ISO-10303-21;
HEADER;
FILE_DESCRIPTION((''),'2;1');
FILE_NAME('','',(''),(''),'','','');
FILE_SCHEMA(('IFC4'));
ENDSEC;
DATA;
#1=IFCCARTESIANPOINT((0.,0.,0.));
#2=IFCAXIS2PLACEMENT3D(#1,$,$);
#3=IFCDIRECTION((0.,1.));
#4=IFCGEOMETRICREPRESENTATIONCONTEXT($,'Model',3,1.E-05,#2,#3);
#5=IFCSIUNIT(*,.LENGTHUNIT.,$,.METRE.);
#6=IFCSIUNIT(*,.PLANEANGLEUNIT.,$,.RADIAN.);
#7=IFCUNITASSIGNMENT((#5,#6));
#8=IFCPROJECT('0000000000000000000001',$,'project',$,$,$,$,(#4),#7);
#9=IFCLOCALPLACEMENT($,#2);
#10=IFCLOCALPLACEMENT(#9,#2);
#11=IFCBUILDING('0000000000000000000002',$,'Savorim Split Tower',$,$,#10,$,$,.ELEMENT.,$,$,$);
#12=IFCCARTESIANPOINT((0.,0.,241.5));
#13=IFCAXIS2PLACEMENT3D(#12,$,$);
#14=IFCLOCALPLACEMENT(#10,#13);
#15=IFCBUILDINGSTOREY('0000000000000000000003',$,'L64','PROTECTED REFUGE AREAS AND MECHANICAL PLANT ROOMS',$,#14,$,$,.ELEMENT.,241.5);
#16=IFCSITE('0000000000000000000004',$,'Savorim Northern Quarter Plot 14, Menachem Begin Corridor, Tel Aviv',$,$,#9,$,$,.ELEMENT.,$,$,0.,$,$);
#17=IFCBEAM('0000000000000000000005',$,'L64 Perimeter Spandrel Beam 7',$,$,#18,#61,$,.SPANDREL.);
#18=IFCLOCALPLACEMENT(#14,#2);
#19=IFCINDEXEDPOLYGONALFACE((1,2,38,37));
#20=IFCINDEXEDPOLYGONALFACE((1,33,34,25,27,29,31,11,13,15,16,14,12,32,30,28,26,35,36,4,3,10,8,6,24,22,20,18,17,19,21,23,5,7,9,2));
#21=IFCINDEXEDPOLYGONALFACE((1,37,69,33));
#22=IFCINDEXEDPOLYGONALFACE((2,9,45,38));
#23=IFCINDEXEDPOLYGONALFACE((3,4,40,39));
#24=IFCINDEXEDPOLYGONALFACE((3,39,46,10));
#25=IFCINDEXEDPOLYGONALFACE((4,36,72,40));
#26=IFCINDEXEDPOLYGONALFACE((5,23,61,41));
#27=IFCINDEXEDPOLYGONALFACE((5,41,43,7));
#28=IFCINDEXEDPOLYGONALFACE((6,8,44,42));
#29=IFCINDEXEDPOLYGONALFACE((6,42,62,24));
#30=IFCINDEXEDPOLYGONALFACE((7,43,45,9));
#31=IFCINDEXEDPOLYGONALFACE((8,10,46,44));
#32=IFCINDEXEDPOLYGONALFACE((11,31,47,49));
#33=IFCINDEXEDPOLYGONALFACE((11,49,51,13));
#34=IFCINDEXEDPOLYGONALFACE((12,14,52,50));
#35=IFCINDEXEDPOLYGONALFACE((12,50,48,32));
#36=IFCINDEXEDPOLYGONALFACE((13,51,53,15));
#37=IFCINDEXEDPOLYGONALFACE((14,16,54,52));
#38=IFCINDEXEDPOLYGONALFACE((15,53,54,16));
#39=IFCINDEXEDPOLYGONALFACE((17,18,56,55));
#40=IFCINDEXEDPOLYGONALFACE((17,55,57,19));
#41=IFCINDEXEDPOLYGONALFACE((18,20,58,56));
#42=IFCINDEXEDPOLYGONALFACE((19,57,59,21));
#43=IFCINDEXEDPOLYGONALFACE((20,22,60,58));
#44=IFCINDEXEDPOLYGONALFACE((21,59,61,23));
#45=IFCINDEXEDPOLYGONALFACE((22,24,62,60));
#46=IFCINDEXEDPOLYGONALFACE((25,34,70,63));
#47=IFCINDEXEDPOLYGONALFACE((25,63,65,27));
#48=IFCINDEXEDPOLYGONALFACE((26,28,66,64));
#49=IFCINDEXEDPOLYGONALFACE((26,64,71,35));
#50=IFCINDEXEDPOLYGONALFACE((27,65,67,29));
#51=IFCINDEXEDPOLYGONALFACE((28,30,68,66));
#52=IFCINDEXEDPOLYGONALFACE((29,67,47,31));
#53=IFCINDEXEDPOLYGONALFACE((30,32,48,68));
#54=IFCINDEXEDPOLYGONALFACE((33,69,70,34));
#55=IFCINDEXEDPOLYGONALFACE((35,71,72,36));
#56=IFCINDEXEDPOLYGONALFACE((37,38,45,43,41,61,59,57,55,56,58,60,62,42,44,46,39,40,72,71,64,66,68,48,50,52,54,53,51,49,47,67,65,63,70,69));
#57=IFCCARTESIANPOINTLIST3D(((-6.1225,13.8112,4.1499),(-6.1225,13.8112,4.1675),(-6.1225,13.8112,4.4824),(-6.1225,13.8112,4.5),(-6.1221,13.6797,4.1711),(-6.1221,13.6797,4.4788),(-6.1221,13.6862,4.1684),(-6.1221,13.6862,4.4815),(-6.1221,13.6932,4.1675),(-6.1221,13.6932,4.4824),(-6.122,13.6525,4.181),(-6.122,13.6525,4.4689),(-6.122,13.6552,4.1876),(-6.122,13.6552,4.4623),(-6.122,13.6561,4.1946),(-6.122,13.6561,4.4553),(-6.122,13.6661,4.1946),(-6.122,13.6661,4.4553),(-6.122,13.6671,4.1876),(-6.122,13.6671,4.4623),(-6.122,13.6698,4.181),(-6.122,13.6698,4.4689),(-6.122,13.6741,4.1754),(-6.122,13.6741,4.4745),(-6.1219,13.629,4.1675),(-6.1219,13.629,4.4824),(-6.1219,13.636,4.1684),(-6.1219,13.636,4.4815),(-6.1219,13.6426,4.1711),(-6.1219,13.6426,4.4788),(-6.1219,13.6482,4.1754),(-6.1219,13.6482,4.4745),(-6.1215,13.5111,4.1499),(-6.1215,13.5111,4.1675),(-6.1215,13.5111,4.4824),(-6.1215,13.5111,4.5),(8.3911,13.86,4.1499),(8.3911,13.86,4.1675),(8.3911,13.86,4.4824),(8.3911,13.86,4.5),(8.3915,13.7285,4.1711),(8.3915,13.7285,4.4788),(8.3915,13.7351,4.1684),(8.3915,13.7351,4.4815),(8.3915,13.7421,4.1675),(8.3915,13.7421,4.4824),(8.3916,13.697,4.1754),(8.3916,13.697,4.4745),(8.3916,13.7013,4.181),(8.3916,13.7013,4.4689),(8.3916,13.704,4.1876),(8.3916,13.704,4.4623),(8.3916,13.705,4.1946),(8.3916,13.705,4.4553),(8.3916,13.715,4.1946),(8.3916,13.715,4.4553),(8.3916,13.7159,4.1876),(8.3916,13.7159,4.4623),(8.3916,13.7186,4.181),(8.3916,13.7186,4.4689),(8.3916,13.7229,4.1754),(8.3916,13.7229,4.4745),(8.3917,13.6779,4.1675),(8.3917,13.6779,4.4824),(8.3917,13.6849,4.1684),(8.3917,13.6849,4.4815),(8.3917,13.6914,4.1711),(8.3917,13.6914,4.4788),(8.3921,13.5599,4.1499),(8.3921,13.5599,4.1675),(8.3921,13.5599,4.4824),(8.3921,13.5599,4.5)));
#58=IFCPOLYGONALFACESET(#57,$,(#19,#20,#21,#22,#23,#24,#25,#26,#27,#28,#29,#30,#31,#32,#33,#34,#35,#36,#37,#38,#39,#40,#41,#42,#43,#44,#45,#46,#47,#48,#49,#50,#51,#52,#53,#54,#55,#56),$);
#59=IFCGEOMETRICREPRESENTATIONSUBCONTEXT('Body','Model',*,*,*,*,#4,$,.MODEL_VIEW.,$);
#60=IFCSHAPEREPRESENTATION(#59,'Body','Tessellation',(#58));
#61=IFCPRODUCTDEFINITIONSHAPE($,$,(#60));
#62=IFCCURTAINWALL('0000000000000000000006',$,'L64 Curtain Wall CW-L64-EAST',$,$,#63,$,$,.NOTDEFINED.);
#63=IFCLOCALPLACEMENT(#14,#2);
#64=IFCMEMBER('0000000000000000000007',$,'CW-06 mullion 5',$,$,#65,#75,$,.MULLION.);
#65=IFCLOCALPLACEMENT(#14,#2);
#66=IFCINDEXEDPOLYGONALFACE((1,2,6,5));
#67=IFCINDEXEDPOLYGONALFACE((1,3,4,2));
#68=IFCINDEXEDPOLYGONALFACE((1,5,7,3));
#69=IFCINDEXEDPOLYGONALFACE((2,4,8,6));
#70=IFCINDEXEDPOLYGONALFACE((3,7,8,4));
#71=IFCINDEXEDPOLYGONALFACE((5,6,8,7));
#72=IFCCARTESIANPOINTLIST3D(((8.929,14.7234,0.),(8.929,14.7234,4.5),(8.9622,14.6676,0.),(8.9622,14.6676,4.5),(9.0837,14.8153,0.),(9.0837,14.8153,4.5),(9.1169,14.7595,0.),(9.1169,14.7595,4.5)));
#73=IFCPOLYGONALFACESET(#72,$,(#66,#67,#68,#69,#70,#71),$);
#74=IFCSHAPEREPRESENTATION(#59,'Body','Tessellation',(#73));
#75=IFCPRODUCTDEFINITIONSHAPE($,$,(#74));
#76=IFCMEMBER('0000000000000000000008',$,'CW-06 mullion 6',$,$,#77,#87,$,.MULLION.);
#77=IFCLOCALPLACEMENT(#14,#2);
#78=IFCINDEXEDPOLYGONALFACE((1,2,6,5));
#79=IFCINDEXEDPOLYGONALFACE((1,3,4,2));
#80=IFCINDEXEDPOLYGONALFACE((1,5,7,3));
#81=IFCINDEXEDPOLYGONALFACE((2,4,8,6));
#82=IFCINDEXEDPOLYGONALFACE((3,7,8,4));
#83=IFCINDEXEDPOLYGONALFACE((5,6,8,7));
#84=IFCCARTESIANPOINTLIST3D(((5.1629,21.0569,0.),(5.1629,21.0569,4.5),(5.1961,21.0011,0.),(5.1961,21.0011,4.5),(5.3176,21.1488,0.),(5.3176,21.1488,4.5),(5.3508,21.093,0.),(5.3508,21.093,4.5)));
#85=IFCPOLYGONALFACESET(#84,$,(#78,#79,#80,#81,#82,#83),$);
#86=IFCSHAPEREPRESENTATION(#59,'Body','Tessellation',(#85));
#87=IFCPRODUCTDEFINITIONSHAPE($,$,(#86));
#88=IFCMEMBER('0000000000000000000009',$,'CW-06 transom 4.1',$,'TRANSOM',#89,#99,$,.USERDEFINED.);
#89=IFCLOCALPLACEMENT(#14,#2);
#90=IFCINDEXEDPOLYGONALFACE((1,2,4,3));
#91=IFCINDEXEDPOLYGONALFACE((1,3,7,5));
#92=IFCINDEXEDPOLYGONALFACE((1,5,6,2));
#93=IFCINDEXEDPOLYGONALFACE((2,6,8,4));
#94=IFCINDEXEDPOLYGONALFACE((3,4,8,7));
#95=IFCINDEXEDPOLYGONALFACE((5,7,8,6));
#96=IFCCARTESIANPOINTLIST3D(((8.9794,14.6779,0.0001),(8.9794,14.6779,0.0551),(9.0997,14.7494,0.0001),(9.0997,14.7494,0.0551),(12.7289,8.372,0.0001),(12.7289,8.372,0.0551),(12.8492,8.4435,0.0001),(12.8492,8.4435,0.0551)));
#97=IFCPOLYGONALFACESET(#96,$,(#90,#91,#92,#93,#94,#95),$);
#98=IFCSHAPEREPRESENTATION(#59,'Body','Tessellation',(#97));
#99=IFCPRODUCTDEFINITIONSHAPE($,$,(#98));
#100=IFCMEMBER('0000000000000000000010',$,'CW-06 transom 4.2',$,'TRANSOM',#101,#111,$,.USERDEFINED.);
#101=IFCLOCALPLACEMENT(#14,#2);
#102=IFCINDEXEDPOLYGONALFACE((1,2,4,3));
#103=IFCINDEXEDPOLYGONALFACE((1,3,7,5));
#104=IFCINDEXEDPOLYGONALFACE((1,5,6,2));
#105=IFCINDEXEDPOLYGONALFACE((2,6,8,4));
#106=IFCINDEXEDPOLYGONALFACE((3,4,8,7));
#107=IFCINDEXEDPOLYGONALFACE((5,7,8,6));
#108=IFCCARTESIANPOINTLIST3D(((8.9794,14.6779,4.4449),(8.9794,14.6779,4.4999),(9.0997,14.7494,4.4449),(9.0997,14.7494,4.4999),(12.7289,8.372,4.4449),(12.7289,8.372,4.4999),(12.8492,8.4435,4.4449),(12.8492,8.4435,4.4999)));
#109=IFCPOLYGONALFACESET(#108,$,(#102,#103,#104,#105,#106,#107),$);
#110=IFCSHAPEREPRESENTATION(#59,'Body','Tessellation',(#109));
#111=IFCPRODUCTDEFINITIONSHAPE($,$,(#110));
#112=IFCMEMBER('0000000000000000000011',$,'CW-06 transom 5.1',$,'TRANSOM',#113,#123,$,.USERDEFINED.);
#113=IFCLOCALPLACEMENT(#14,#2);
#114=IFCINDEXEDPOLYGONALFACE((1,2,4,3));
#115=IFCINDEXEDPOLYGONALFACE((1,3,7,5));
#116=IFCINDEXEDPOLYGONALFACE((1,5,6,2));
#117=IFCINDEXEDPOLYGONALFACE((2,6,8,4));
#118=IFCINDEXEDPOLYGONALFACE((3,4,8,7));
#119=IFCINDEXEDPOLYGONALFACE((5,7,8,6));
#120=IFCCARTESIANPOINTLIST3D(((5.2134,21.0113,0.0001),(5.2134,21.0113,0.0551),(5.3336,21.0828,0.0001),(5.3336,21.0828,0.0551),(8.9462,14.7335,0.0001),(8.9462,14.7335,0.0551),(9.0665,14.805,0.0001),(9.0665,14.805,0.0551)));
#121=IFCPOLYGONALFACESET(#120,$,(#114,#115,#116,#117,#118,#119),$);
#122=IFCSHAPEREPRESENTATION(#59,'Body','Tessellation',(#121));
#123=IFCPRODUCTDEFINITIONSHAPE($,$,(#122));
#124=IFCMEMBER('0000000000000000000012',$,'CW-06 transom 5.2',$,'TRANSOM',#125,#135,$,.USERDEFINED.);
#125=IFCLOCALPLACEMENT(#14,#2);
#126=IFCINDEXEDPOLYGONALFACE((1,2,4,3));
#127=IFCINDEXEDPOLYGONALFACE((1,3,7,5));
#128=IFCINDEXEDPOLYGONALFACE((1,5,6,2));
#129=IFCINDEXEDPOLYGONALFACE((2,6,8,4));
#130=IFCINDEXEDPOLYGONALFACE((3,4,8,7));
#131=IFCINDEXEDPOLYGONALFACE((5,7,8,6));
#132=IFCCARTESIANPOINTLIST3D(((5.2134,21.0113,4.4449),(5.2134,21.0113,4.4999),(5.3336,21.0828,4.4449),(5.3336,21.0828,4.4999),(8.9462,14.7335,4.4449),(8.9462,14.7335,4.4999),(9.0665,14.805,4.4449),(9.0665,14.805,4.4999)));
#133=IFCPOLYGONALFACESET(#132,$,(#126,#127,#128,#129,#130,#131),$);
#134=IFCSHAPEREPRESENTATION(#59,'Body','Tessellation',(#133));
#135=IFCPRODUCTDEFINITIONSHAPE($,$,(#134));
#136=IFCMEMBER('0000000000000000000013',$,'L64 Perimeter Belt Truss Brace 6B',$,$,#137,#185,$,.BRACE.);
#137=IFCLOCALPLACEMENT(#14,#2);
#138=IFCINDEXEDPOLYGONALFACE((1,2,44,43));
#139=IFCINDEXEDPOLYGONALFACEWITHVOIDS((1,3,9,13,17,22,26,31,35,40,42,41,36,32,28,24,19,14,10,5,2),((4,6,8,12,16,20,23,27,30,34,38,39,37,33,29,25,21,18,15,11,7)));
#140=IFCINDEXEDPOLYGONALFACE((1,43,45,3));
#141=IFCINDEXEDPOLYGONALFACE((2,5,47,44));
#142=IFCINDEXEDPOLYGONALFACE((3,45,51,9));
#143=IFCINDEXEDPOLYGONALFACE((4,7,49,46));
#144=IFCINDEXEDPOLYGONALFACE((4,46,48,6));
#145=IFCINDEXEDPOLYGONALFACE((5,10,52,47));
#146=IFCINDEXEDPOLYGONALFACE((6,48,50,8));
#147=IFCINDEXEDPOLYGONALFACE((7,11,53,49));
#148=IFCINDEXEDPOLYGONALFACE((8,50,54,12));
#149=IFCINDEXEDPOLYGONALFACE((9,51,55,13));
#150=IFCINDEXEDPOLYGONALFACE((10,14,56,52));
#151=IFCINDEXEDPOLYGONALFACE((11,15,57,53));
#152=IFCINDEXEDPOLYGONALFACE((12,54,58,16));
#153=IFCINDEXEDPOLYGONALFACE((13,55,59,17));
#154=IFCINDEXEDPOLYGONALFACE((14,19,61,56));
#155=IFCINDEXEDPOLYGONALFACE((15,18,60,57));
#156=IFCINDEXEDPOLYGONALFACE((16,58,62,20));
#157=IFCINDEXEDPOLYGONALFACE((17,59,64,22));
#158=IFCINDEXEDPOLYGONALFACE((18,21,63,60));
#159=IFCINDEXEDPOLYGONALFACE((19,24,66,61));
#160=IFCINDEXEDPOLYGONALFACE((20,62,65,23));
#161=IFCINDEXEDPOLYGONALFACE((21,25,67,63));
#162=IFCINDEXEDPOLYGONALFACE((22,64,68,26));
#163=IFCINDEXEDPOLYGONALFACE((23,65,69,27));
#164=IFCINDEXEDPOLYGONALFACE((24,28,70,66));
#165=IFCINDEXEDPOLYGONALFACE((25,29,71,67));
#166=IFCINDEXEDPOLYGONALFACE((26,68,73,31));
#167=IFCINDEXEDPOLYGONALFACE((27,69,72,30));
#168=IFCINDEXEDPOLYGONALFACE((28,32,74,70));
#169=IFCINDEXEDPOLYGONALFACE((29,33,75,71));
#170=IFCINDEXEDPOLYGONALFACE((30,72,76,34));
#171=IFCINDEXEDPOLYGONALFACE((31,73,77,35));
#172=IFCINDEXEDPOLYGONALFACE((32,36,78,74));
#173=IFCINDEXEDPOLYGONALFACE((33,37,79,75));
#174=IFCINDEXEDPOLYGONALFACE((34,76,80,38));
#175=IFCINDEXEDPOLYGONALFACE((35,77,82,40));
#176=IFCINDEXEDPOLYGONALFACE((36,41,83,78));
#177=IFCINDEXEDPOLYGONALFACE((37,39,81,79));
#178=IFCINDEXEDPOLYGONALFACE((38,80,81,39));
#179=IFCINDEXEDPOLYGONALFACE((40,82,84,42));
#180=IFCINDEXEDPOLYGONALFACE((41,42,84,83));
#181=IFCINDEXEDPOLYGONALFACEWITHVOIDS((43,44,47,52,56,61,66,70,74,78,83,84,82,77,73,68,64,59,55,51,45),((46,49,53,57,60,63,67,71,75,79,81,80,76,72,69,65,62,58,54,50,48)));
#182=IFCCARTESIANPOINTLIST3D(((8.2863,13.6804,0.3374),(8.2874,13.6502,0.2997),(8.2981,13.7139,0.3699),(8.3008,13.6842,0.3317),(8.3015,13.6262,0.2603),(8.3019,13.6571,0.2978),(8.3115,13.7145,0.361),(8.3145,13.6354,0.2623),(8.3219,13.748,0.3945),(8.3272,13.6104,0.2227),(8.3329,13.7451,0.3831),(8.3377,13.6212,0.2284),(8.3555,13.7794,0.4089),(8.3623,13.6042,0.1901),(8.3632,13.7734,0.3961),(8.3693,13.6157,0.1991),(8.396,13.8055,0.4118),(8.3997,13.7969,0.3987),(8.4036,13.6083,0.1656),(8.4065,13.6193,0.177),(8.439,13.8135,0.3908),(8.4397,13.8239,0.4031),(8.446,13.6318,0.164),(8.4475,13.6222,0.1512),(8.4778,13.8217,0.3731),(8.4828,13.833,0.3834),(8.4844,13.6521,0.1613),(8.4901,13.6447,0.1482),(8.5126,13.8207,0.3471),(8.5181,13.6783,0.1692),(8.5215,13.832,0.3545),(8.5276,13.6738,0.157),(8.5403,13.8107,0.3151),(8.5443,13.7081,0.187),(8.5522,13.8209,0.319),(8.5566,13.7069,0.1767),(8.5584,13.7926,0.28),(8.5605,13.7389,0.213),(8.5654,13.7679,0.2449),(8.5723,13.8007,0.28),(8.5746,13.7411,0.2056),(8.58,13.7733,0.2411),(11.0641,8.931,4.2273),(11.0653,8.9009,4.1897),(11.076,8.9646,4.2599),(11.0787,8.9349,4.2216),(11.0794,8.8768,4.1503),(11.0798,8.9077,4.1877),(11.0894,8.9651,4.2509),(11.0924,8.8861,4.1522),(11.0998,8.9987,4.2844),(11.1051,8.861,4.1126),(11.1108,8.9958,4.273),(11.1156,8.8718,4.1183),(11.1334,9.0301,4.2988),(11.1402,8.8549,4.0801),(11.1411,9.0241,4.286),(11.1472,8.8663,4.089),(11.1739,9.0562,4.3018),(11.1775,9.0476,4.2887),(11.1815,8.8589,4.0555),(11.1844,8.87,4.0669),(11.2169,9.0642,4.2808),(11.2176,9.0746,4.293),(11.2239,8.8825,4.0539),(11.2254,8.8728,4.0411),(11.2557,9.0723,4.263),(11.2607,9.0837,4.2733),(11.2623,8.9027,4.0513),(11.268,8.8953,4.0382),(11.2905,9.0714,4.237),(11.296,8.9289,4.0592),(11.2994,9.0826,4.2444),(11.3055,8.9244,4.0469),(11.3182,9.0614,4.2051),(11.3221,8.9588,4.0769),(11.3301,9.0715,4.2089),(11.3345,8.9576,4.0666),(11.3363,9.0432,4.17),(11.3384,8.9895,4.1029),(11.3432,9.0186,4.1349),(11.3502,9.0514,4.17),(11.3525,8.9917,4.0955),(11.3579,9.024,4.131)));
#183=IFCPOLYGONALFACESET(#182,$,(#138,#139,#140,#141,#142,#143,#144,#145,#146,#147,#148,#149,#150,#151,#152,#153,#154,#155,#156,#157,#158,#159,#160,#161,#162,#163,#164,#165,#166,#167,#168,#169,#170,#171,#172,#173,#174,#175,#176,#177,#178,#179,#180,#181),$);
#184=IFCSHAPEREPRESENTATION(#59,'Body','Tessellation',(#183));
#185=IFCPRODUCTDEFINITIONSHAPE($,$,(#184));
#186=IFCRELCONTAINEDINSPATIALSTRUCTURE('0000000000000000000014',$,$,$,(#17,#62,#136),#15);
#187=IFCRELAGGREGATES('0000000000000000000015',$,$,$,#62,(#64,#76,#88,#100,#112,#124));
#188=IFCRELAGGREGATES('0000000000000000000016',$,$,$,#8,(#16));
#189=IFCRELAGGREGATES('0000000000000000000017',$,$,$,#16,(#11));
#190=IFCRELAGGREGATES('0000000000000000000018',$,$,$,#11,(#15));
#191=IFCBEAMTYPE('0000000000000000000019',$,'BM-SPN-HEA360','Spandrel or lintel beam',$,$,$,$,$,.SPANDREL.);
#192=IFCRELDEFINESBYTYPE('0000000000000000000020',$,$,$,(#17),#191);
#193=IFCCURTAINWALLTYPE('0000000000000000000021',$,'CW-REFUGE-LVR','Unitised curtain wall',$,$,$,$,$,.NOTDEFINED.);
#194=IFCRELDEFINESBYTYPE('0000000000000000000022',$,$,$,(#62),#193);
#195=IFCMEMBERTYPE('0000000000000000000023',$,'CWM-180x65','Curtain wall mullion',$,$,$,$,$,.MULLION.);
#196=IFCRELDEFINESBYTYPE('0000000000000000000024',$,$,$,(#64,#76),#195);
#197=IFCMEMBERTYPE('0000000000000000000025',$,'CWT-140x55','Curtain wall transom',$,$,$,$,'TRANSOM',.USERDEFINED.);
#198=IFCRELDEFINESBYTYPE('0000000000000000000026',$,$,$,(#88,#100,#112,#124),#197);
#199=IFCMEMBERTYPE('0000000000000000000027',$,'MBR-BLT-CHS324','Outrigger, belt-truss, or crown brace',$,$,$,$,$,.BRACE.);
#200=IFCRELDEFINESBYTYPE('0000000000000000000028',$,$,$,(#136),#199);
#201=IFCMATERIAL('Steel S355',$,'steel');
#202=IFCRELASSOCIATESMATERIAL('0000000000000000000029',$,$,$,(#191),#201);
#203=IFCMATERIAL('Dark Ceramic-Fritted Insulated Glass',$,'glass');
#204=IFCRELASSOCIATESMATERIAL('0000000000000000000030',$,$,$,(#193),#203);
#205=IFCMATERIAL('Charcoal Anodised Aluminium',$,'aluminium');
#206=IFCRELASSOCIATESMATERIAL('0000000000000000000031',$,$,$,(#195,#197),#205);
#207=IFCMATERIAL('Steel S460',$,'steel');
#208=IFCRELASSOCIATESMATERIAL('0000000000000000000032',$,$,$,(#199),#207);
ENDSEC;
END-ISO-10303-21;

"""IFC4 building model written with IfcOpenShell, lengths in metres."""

from ifc_helpers import new_model, si_unit, direction, frame, origin, origin_2d, place, context, subcontext, project, spatial, rectangle, hollow_circle, i_section, extrude, material, material_profile, profile_set, type_object, element, aggregate, save


model = new_model("IFC4")

# Units and contexts
model_context = context("Model", 3, precision=1e-05, world=origin(), true_north=direction((0.0, 1.0)))
body_context = subcontext(model_context, "Body", "Model", "MODEL_VIEW")
ifc_project = project(units=[si_unit("LENGTHUNIT", "METRE"), si_unit("PLANEANGLEUNIT", "RADIAN")], contexts=[model_context])

# Site, building, storey
site_placement = place(None, origin())
site = spatial("IfcSite", under=ifc_project, at=site_placement, Name="Savorim Northern Quarter Plot 14, Menachem Begin Corridor, Tel Aviv", CompositionType="ELEMENT", RefElevation=0.0)
building_placement = place(site_placement, origin())
building = spatial("IfcBuilding", under=site, at=building_placement, Name="Savorim Split Tower", CompositionType="ELEMENT")
storey_placement = place(building_placement, frame((0.0, 0.0, 241.5)))
storey = spatial("IfcBuildingStorey", under=building, at=storey_placement, Name="L64", Description="PROTECTED REFUGE AREAS AND MECHANICAL PLANT ROOMS", CompositionType="ELEMENT", Elevation=241.5)

# Shared definitions
ifc_material_1 = material(Name="Steel S355", Category="steel")

# Beam
ifc_material_profile_1 = material_profile(ifc_material_1, i_section(OverallWidth=0.3, OverallDepth=0.3501, WebThickness=0.01, FlangeThickness=0.0176, FilletRadius=0.0271, at=origin_2d()), Name="HEA 360")
ifc_profile_set_1 = profile_set([ifc_material_profile_1], Name="Steel S355")
beam_type_1 = type_object("IfcBeamType", Name="BM-SPN-HEA360", Description="Spandrel or lintel beam", PredefinedType="SPANDREL", material=ifc_profile_set_1)
beam_1_placement = place(storey_placement, frame((8.3916, 13.71, 4.325), z_axis=(-0.999994, -0.003364, 0.0), x_axis=(0.003364, -0.999994, 0.0)))
element("IfcBeam", 1, at=beam_1_placement, inside=storey, type_object=beam_type_1, Name="L64 Perimeter Spandrel Beam 7", PredefinedType="SPANDREL", context=body_context, shape_type="SweptSolid", body=[
    extrude(i_section(OverallWidth=0.3, OverallDepth=0.3501, WebThickness=0.01, FlangeThickness=0.0176, FilletRadius=0.0271, at=origin_2d()), origin(), (0.0, 0.0, 1.0), 14.5137),
])

# Curtain wall, members
ifc_material_2 = material(Name="Dark Ceramic-Fritted Insulated Glass", Category="glass")
curtain_wall_type = type_object("IfcCurtainWallType", Name="CW-REFUGE-LVR", Description="Unitised curtain wall", PredefinedType="NOTDEFINED", material=ifc_material_2)
curtain_wall_placement = place(storey_placement, origin())
curtain_wall = element("IfcCurtainWall", 2, at=curtain_wall_placement, inside=storey, type_object=curtain_wall_type, Name="L64 Curtain Wall CW-L64-EAST", PredefinedType="NOTDEFINED")
ifc_material_3 = material(Name="Charcoal Anodised Aluminium", Category="aluminium")
ifc_material_profile_2 = material_profile(ifc_material_3, rectangle(XDim=0.1799, YDim=0.0649, at=origin_2d()), Name="ALU-M 180x65")
ifc_profile_set_2 = profile_set([ifc_material_profile_2], Name="Charcoal Anodised Aluminium")
member_type_1 = type_object("IfcMemberType", Name="CWM-180x65", Description="Curtain wall mullion", PredefinedType="MULLION", material=ifc_profile_set_2)
member_1_placement = place(storey_placement, frame((9.0229, 14.7415, 0.0), z_axis=(0.0, 0.0, 1.0), x_axis=(-0.859527, -0.51109, 0.0)))
member_1 = element("IfcMember", 3, at=member_1_placement, type_object=member_type_1, Name="CW-06 mullion 5", PredefinedType="MULLION", context=body_context, shape_type="SweptSolid", body=[
    extrude(rectangle(XDim=0.1799, YDim=0.0649, at=origin_2d()), origin(), (0.0, 0.0, 1.0), 4.5),
])
member_2_placement = place(storey_placement, frame((5.2568, 21.075, 0.0), z_axis=(0.0, 0.0, 1.0), x_axis=(-0.859527, -0.51109, 0.0)))
member_2 = element("IfcMember", 4, at=member_2_placement, type_object=member_type_1, Name="CW-06 mullion 6", PredefinedType="MULLION", context=body_context, shape_type="SweptSolid", body=[
    extrude(rectangle(XDim=0.1799, YDim=0.0649, at=origin_2d()), origin(), (0.0, 0.0, 1.0), 4.5),
])
ifc_material_profile_3 = material_profile(ifc_material_3, rectangle(XDim=0.1399, YDim=0.0549, at=origin_2d()), Name="ALU-T 140x55")
ifc_profile_set_3 = profile_set([ifc_material_profile_3], Name="Charcoal Anodised Aluminium")
member_type_2 = type_object("IfcMemberType", Name="CWT-140x55", Description="Curtain wall transom", ElementType="TRANSOM", PredefinedType="USERDEFINED", material=ifc_profile_set_3)
member_3_placement = place(storey_placement, frame((12.7891, 8.4077, 0.0276), z_axis=(-0.511081, 0.859533, 0.0), x_axis=(-0.859533, -0.511081, 0.0)))
member_3 = element("IfcMember", 5, at=member_3_placement, type_object=member_type_2, Name="CW-06 transom 4.1", ObjectType="TRANSOM", PredefinedType="USERDEFINED", context=body_context, shape_type="SweptSolid", body=[
    extrude(rectangle(XDim=0.1399, YDim=0.0549, at=origin_2d()), origin(), (0.0, 0.0, 1.0), 7.3364),
])
member_4_placement = place(storey_placement, frame((12.7891, 8.4077, 4.4724), z_axis=(-0.511081, 0.859533, 0.0), x_axis=(-0.859533, -0.511081, 0.0)))
member_4 = element("IfcMember", 6, at=member_4_placement, type_object=member_type_2, Name="CW-06 transom 4.2", ObjectType="TRANSOM", PredefinedType="USERDEFINED", context=body_context, shape_type="SweptSolid", body=[
    extrude(rectangle(XDim=0.1399, YDim=0.0549, at=origin_2d()), origin(), (0.0, 0.0, 1.0), 7.3364),
])
member_5_placement = place(storey_placement, frame((9.0063, 14.7693, 0.0276), z_axis=(-0.51109, 0.859527, 0.0), x_axis=(-0.859527, -0.51109, 0.0)))
member_5 = element("IfcMember", 7, at=member_5_placement, type_object=member_type_2, Name="CW-06 transom 5.1", ObjectType="TRANSOM", PredefinedType="USERDEFINED", context=body_context, shape_type="SweptSolid", body=[
    extrude(rectangle(XDim=0.1399, YDim=0.0549, at=origin_2d()), origin(), (0.0, 0.0, 1.0), 7.3037),
])
member_6_placement = place(storey_placement, frame((9.0063, 14.7693, 4.4724), z_axis=(-0.51109, 0.859527, 0.0), x_axis=(-0.859527, -0.51109, 0.0)))
member_6 = element("IfcMember", 8, at=member_6_placement, type_object=member_type_2, Name="CW-06 transom 5.2", ObjectType="TRANSOM", PredefinedType="USERDEFINED", context=body_context, shape_type="SweptSolid", body=[
    extrude(rectangle(XDim=0.1399, YDim=0.0549, at=origin_2d()), origin(), (0.0, 0.0, 1.0), 7.3037),
])

# Member
ifc_material_4 = material(Name="Steel S460", Category="steel")
ifc_material_profile_4 = material_profile(ifc_material_4, hollow_circle(Radius=0.1619, WallThickness=0.0161, at=origin_2d()), Name="CHS 323.9x16")
ifc_profile_set_4 = profile_set([ifc_material_profile_4], Name="Steel S460")
member_type_3 = type_object("IfcMemberType", Name="MBR-BLT-CHS324", Description="Outrigger, belt-truss, or crown brace", PredefinedType="BRACE", material=ifc_profile_set_4)
member_7_placement = place(storey_placement, frame((8.4326, 13.719, 0.28), z_axis=(0.412252, -0.704829, 0.577291), x_axis=(0.863191, 0.504878, 0.0)))
element("IfcMember", 9, at=member_7_placement, inside=storey, type_object=member_type_3, Name="L64 Perimeter Belt Truss Brace 6B", PredefinedType="BRACE", context=body_context, shape_type="SweptSolid", body=[
    extrude(hollow_circle(Radius=0.1619, WallThickness=0.0161, at=origin_2d()), origin(), (0.0, 0.0, 1.0), 6.7383),
])

aggregate(curtain_wall, [member_1, member_2, member_3, member_4, member_5, member_6])

save(model, "model.ifc")
